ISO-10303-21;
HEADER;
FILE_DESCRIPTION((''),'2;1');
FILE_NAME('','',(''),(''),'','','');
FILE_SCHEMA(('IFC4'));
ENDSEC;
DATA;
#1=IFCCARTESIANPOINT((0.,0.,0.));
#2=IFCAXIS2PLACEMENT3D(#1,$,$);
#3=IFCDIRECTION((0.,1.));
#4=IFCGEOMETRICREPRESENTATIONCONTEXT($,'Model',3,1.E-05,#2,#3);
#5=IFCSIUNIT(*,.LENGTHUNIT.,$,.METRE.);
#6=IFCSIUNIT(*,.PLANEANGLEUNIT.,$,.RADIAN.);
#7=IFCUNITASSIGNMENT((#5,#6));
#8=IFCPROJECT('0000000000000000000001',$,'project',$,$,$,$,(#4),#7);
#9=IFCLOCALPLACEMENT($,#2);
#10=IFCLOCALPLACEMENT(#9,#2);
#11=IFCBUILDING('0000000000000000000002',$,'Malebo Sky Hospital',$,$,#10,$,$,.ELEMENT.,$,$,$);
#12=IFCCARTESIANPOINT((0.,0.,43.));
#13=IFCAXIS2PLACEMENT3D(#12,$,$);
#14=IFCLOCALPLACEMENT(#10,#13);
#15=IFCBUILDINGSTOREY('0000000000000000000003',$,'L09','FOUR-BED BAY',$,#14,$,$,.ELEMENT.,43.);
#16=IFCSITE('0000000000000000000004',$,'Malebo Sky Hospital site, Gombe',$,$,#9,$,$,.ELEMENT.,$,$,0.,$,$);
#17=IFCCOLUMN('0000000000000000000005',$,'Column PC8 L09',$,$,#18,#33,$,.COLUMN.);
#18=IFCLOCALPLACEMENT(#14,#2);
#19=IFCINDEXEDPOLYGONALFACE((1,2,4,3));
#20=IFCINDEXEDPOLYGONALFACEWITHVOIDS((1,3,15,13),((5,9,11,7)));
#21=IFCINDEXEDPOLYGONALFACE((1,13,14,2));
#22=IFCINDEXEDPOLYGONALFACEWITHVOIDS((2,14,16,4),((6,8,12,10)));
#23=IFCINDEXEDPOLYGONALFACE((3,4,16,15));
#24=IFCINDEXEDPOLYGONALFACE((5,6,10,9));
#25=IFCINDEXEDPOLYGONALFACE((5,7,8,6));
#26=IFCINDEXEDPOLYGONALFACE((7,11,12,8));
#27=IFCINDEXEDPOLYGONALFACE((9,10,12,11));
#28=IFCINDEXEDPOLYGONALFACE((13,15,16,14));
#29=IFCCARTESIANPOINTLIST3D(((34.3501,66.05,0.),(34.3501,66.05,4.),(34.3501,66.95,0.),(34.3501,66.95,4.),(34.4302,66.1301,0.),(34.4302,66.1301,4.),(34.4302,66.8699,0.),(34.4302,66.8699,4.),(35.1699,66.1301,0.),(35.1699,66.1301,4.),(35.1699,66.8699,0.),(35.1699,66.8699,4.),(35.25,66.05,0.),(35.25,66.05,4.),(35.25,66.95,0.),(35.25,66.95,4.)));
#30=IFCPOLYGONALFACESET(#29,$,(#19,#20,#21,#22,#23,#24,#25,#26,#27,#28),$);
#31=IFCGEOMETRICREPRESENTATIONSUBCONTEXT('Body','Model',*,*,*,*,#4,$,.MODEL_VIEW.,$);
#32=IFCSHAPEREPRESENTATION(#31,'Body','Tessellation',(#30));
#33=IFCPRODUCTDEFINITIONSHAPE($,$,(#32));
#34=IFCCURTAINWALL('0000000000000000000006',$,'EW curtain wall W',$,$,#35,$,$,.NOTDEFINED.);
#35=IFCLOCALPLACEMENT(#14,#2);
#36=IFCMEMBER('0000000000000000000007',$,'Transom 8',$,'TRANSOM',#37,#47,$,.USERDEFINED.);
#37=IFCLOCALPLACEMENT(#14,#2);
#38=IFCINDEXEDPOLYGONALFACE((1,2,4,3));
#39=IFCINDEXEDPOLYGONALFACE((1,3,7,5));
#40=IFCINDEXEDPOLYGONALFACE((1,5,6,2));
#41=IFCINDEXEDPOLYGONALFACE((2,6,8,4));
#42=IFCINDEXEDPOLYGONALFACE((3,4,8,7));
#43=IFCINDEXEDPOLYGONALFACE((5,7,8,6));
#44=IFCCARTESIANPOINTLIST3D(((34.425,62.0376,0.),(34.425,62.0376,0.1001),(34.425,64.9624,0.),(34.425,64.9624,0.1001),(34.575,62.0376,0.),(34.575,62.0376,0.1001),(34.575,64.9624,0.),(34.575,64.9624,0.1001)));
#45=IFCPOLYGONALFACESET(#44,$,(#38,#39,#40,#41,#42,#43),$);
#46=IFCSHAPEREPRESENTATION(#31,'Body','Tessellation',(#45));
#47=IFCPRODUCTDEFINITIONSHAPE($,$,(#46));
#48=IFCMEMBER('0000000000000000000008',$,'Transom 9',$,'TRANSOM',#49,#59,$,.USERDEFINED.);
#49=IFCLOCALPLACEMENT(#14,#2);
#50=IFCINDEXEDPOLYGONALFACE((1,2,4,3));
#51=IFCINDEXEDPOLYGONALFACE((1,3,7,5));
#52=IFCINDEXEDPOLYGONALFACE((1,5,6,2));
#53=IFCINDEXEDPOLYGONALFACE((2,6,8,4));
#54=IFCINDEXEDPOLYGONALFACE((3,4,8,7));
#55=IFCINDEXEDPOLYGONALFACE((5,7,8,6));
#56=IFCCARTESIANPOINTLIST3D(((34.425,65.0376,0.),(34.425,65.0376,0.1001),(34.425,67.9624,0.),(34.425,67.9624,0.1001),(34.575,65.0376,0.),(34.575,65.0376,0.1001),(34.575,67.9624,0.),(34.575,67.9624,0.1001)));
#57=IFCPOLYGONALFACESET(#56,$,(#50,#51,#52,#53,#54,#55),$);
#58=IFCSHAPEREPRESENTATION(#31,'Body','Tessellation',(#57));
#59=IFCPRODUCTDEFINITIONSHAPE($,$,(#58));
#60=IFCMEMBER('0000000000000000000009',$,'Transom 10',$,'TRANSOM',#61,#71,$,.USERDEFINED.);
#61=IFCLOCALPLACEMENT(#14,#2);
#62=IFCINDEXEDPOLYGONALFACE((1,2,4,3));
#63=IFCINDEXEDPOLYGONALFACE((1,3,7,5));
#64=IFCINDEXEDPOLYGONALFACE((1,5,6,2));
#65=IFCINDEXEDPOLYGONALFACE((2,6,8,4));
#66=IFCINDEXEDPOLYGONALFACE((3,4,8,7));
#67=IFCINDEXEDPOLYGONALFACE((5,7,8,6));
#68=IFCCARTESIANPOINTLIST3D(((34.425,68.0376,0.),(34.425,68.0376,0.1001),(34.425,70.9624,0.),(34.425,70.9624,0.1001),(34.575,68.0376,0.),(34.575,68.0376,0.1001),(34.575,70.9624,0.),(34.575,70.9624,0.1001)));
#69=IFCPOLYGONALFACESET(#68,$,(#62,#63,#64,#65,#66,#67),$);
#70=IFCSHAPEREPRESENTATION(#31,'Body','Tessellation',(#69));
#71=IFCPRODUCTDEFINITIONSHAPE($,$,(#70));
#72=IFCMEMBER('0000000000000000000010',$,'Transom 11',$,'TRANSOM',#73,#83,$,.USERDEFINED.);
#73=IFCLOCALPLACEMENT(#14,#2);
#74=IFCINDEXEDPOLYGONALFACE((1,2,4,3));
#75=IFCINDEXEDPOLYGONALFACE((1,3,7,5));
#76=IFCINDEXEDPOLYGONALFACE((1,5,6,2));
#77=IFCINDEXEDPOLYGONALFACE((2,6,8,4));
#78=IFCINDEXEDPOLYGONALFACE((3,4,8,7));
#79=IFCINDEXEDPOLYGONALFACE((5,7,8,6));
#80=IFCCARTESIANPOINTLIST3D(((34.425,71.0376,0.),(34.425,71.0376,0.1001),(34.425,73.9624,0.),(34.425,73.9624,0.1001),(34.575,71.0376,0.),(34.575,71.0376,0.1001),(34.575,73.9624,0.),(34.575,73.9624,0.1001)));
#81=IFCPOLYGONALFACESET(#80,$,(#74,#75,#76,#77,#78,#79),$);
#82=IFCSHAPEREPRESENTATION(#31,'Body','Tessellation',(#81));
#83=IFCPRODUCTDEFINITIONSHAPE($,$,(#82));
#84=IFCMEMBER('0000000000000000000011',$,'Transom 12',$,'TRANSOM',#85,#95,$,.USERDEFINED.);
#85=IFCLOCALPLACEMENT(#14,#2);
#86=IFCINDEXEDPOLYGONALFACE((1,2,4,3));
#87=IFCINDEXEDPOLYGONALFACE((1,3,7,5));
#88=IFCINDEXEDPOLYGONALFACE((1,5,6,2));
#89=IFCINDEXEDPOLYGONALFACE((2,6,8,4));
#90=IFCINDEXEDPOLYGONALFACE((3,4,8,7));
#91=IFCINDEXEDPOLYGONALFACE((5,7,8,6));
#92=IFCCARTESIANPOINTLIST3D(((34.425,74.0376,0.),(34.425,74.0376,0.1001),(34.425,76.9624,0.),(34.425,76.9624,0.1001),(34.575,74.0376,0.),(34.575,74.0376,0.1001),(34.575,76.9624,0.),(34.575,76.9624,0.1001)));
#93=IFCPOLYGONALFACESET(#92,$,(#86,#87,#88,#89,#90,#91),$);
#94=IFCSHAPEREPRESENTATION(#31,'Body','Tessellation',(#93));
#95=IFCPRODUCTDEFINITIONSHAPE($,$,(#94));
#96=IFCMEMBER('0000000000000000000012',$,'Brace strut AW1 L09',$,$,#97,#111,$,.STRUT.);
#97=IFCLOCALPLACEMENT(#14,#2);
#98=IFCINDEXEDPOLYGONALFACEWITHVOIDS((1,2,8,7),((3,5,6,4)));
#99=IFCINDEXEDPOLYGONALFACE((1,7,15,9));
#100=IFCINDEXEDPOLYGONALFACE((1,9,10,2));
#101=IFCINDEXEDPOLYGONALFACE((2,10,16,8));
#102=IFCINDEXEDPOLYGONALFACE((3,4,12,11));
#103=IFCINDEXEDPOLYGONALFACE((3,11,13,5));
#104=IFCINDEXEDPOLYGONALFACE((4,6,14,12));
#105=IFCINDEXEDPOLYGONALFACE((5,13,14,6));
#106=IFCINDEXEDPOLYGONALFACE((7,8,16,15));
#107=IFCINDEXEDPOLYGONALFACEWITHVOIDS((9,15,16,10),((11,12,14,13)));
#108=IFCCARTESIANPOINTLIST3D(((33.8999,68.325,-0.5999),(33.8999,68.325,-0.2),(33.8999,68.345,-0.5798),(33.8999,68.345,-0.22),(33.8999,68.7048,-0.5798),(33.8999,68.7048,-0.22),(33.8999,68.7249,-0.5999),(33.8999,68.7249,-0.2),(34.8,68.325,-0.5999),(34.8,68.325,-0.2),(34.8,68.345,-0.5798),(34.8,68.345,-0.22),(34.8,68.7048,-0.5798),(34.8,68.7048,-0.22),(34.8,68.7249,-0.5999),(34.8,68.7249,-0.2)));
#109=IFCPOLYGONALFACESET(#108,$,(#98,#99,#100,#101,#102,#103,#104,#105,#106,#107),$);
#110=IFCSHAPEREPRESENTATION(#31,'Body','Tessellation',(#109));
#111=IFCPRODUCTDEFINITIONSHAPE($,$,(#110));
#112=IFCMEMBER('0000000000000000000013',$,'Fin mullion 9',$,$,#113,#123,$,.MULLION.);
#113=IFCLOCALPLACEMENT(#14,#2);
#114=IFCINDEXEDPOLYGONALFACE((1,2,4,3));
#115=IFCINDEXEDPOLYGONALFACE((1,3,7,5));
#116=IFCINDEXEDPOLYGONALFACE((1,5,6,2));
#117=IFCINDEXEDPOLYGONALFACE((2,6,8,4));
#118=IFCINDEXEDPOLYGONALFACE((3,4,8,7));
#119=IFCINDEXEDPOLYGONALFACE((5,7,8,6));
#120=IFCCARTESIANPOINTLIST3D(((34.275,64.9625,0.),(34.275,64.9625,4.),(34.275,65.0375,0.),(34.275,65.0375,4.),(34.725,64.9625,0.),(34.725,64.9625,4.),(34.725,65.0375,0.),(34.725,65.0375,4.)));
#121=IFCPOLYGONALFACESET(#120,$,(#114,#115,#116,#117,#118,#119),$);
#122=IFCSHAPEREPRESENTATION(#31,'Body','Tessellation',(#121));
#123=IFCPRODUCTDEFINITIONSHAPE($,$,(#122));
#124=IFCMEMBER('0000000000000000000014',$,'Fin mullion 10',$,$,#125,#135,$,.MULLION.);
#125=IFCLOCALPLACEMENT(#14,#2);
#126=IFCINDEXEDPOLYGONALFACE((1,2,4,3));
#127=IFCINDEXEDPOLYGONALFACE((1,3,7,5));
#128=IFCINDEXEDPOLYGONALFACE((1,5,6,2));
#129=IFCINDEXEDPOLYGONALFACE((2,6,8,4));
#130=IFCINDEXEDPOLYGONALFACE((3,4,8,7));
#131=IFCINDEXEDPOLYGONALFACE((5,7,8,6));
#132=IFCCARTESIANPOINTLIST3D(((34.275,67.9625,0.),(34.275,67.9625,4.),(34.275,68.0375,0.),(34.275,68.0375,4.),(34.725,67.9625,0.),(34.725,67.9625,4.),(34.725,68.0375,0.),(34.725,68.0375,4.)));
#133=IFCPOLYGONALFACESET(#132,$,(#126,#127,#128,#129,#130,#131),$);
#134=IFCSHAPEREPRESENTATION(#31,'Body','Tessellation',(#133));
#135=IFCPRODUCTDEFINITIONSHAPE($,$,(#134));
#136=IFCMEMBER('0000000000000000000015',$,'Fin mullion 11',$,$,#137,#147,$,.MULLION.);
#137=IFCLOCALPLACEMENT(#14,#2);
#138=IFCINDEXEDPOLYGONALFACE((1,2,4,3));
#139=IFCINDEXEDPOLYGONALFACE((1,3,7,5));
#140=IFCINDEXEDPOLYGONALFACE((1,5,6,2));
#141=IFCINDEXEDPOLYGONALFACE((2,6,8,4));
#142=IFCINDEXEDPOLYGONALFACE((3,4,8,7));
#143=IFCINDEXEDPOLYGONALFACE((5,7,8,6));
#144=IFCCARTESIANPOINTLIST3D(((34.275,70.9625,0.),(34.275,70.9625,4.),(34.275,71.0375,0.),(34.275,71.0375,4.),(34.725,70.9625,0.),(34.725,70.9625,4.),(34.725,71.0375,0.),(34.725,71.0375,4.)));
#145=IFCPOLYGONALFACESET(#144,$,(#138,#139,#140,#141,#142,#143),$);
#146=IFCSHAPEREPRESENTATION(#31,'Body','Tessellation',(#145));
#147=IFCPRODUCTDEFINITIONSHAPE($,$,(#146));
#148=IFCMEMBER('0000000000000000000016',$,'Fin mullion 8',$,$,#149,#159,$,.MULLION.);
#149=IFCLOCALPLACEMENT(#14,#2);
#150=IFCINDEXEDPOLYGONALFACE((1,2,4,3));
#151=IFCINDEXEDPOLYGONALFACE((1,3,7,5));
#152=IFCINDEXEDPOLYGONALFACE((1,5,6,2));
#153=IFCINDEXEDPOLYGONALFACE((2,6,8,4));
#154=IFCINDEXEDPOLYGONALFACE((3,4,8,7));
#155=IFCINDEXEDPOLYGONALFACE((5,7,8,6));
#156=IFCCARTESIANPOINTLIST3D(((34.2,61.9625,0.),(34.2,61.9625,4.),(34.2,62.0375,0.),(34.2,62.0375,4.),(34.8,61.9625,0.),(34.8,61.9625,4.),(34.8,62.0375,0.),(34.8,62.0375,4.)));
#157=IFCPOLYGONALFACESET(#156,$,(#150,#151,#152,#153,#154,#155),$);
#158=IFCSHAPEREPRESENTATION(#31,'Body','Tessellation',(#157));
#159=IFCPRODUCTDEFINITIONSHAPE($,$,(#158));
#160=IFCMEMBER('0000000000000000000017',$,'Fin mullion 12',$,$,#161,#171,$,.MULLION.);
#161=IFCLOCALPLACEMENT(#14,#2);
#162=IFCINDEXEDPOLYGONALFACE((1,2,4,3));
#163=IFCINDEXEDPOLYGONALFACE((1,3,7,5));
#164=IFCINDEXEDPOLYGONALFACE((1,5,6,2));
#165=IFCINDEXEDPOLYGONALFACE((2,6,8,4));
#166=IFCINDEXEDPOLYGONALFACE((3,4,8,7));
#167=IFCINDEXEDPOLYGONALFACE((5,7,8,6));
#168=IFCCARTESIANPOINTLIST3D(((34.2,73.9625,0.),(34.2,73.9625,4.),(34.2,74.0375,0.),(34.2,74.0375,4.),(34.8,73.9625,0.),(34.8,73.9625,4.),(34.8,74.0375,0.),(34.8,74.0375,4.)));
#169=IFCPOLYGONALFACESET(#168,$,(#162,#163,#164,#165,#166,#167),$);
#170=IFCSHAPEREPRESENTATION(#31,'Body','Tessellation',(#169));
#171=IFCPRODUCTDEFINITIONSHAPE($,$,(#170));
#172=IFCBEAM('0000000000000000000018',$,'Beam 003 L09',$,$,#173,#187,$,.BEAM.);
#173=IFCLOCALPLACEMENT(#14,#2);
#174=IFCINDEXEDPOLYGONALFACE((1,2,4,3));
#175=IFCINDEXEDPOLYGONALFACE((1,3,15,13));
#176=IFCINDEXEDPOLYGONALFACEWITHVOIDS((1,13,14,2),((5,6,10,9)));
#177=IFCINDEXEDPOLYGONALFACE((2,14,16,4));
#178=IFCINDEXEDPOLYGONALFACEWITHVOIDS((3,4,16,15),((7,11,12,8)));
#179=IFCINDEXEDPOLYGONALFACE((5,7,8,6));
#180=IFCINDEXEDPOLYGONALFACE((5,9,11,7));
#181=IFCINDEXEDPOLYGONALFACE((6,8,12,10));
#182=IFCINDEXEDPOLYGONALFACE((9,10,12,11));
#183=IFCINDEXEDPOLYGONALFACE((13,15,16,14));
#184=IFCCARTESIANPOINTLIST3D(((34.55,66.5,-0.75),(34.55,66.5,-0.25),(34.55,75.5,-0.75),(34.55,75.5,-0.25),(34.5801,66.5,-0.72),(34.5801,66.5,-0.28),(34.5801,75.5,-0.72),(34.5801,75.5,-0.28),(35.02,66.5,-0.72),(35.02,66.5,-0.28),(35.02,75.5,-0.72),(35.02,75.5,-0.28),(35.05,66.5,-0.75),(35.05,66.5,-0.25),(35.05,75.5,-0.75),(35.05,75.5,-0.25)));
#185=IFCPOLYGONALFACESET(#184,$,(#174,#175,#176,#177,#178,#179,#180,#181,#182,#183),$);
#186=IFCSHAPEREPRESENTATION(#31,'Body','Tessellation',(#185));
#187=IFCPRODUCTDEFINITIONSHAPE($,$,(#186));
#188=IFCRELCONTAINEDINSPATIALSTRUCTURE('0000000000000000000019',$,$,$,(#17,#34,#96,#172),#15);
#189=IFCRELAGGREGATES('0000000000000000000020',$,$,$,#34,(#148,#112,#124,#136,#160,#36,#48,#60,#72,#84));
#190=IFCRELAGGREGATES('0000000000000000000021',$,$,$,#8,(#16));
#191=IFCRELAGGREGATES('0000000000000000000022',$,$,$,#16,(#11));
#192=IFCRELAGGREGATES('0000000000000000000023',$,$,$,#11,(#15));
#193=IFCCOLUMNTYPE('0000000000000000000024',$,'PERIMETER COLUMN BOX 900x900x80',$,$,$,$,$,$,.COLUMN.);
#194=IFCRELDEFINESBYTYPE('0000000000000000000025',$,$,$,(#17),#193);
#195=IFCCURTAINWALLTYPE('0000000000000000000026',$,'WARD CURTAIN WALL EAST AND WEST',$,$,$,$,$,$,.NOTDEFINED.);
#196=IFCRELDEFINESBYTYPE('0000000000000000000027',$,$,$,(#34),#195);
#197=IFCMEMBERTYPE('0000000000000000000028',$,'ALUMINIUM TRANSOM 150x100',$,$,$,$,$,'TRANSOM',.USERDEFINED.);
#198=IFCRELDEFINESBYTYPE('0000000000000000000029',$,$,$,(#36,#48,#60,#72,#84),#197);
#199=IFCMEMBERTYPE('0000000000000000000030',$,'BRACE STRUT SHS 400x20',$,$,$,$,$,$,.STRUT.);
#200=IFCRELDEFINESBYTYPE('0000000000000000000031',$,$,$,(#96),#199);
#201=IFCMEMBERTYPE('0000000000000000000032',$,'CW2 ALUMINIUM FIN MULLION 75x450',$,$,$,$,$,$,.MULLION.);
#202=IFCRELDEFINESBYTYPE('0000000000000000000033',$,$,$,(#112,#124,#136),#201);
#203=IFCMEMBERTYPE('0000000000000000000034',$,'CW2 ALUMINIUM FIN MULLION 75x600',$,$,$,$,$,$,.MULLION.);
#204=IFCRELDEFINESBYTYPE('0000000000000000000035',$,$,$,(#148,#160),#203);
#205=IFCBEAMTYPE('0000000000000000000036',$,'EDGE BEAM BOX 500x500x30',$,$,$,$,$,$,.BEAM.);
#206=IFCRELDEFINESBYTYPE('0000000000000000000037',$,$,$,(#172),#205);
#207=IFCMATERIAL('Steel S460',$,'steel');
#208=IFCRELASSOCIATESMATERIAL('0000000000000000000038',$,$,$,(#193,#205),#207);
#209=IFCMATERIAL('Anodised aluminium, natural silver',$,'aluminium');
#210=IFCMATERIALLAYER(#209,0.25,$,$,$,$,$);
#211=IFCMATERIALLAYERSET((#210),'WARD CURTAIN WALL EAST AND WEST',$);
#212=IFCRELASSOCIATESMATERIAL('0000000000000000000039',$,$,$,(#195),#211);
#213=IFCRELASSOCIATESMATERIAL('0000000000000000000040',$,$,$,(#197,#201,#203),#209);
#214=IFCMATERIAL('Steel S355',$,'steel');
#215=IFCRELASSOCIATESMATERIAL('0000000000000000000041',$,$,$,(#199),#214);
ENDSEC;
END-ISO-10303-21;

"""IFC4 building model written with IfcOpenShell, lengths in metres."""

from ifc_helpers import new_model, si_unit, direction, frame, origin, origin_2d, place, context, subcontext, project, spatial, rectangle, hollow_rectangle, extrude, material, layer, layer_set, material_profile, profile_set, type_object, element, aggregate, save


model = new_model("IFC4")

# Units and contexts
model_context = context("Model", 3, precision=1e-05, world=origin(), true_north=direction((0.0, 1.0)))
body_context = subcontext(model_context, "Body", "Model", "MODEL_VIEW")
ifc_project = project(units=[si_unit("LENGTHUNIT", "METRE"), si_unit("PLANEANGLEUNIT", "RADIAN")], contexts=[model_context])

# Site, building, storey
site_placement = place(None, origin())
site = spatial("IfcSite", under=ifc_project, at=site_placement, Name="Malebo Sky Hospital site, Gombe", CompositionType="ELEMENT", RefElevation=0.0)
building_placement = place(site_placement, origin())
building = spatial("IfcBuilding", under=site, at=building_placement, Name="Malebo Sky Hospital", CompositionType="ELEMENT")
storey_placement = place(building_placement, frame((0.0, 0.0, 43.0)))
storey = spatial("IfcBuildingStorey", under=building, at=storey_placement, Name="L09", Description="FOUR-BED BAY", CompositionType="ELEMENT", Elevation=43.0)

# Column
ifc_material_1 = material(Name="Steel S460", Category="steel")
ifc_material_profile_1 = material_profile(ifc_material_1, hollow_rectangle(XDim=0.8999, YDim=0.8999, WallThickness=0.0801, at=origin_2d()), Name="BOX 900x900x80")
ifc_profile_set_1 = profile_set([ifc_material_profile_1], Name="Steel S460")
column_type = type_object("IfcColumnType", Name="PERIMETER COLUMN BOX 900x900x80", PredefinedType="COLUMN", material=ifc_profile_set_1)
column_placement = place(storey_placement, frame((34.8, 66.5, 0.0), z_axis=(0.0, 0.0, 1.0), x_axis=(1.0, 0.0, 0.0)))
element("IfcColumn", 1, at=column_placement, inside=storey, type_object=column_type, Name="Column PC8 L09", PredefinedType="COLUMN", context=body_context, shape_type="SweptSolid", body=[
    extrude(hollow_rectangle(XDim=0.8999, YDim=0.8999, WallThickness=0.0801, at=origin_2d()), origin(), (0.0, 0.0, 1.0), 4.0),
])

# Curtain wall, members
ifc_material_2 = material(Name="Anodised aluminium, natural silver", Category="aluminium")
ifc_layer_1 = layer(ifc_material_2, 0.25)
ifc_layer_set_1 = layer_set([ifc_layer_1], Name="WARD CURTAIN WALL EAST AND WEST")
curtain_wall_type = type_object("IfcCurtainWallType", Name="WARD CURTAIN WALL EAST AND WEST", PredefinedType="NOTDEFINED", material=ifc_layer_set_1)
curtain_wall_placement = place(storey_placement, origin())
curtain_wall = element("IfcCurtainWall", 2, at=curtain_wall_placement, inside=storey, type_object=curtain_wall_type, Name="EW curtain wall W", PredefinedType="NOTDEFINED")
ifc_material_profile_2 = material_profile(ifc_material_2, rectangle(XDim=0.1499, YDim=0.1001, at=origin_2d()), Name="ALUMINIUM TRANSOM 150x100")
ifc_profile_set_2 = profile_set([ifc_material_profile_2], Name="Anodised aluminium, natural silver")
member_type_1 = type_object("IfcMemberType", Name="ALUMINIUM TRANSOM 150x100", ElementType="TRANSOM", PredefinedType="USERDEFINED", material=ifc_profile_set_2)
member_1_placement = place(storey_placement, frame((34.5, 62.0376, 0.05), z_axis=(0.0, 1.0, 0.0), x_axis=(-1.0, 0.0, 0.0)))
member_1 = element("IfcMember", 3, at=member_1_placement, type_object=member_type_1, Name="Transom 8", ObjectType="TRANSOM", PredefinedType="USERDEFINED", context=body_context, shape_type="SweptSolid", body=[
    extrude(rectangle(XDim=0.1499, YDim=0.1001, at=origin_2d()), origin(), (0.0, 0.0, 1.0), 2.9248),
])
member_2_placement = place(storey_placement, frame((34.5, 65.0376, 0.05), z_axis=(0.0, 1.0, 0.0), x_axis=(-1.0, 0.0, 0.0)))
member_2 = element("IfcMember", 4, at=member_2_placement, type_object=member_type_1, Name="Transom 9", ObjectType="TRANSOM", PredefinedType="USERDEFINED", context=body_context, shape_type="SweptSolid", body=[
    extrude(rectangle(XDim=0.1499, YDim=0.1001, at=origin_2d()), origin(), (0.0, 0.0, 1.0), 2.9248),
])
member_3_placement = place(storey_placement, frame((34.5, 68.0376, 0.05), z_axis=(0.0, 1.0, 0.0), x_axis=(-1.0, 0.0, 0.0)))
member_3 = element("IfcMember", 5, at=member_3_placement, type_object=member_type_1, Name="Transom 10", ObjectType="TRANSOM", PredefinedType="USERDEFINED", context=body_context, shape_type="SweptSolid", body=[
    extrude(rectangle(XDim=0.1499, YDim=0.1001, at=origin_2d()), origin(), (0.0, 0.0, 1.0), 2.9248),
])
member_4_placement = place(storey_placement, frame((34.5, 71.0376, 0.05), z_axis=(0.0, 1.0, 0.0), x_axis=(-1.0, 0.0, 0.0)))
member_4 = element("IfcMember", 6, at=member_4_placement, type_object=member_type_1, Name="Transom 11", ObjectType="TRANSOM", PredefinedType="USERDEFINED", context=body_context, shape_type="SweptSolid", body=[
    extrude(rectangle(XDim=0.1499, YDim=0.1001, at=origin_2d()), origin(), (0.0, 0.0, 1.0), 2.9248),
])
member_5_placement = place(storey_placement, frame((34.5, 74.0376, 0.05), z_axis=(0.0, 1.0, 0.0), x_axis=(-1.0, 0.0, 0.0)))
member_5 = element("IfcMember", 7, at=member_5_placement, type_object=member_type_1, Name="Transom 12", ObjectType="TRANSOM", PredefinedType="USERDEFINED", context=body_context, shape_type="SweptSolid", body=[
    extrude(rectangle(XDim=0.1499, YDim=0.1001, at=origin_2d()), origin(), (0.0, 0.0, 1.0), 2.9248),
])

# Members
ifc_material_3 = material(Name="Steel S355", Category="steel")
ifc_material_profile_3 = material_profile(ifc_material_3, hollow_rectangle(XDim=0.3999, YDim=0.3999, WallThickness=0.02, at=origin_2d()), Name="SHS 400x20")
ifc_profile_set_3 = profile_set([ifc_material_profile_3], Name="Steel S355")
member_type_2 = type_object("IfcMemberType", Name="BRACE STRUT SHS 400x20", PredefinedType="STRUT", material=ifc_profile_set_3)
member_6_placement = place(storey_placement, frame((33.8999, 68.5249, -0.3999), z_axis=(1.0, 0.0, 0.0), x_axis=(0.0, 1.0, 0.0)))
element("IfcMember", 8, at=member_6_placement, inside=storey, type_object=member_type_2, Name="Brace strut AW1 L09", PredefinedType="STRUT", context=body_context, shape_type="SweptSolid", body=[
    extrude(hollow_rectangle(XDim=0.3999, YDim=0.3999, WallThickness=0.02, at=origin_2d()), origin(), (0.0, 0.0, 1.0), 0.9001),
])
ifc_material_profile_4 = material_profile(ifc_material_2, rectangle(XDim=0.075, YDim=0.45, at=origin_2d()), Name="CW2 ALUMINIUM FIN MULLION 75x450")
ifc_profile_set_4 = profile_set([ifc_material_profile_4], Name="Anodised aluminium, natural silver")
member_type_3 = type_object("IfcMemberType", Name="CW2 ALUMINIUM FIN MULLION 75x450", PredefinedType="MULLION", material=ifc_profile_set_4)
member_7_placement = place(storey_placement, frame((34.5, 65.0, 0.0), z_axis=(0.0, 0.0, 1.0), x_axis=(0.0, 1.0, 0.0)))
member_7 = element("IfcMember", 9, at=member_7_placement, type_object=member_type_3, Name="Fin mullion 9", PredefinedType="MULLION", context=body_context, shape_type="SweptSolid", body=[
    extrude(rectangle(XDim=0.075, YDim=0.45, at=origin_2d()), origin(), (0.0, 0.0, 1.0), 4.0),
])
member_8_placement = place(storey_placement, frame((34.5, 68.0, 0.0), z_axis=(0.0, 0.0, 1.0), x_axis=(0.0, 1.0, 0.0)))
member_8 = element("IfcMember", 10, at=member_8_placement, type_object=member_type_3, Name="Fin mullion 10", PredefinedType="MULLION", context=body_context, shape_type="SweptSolid", body=[
    extrude(rectangle(XDim=0.075, YDim=0.45, at=origin_2d()), origin(), (0.0, 0.0, 1.0), 4.0),
])
member_9_placement = place(storey_placement, frame((34.5, 71.0, 0.0), z_axis=(0.0, 0.0, 1.0), x_axis=(0.0, 1.0, 0.0)))
member_9 = element("IfcMember", 11, at=member_9_placement, type_object=member_type_3, Name="Fin mullion 11", PredefinedType="MULLION", context=body_context, shape_type="SweptSolid", body=[
    extrude(rectangle(XDim=0.075, YDim=0.45, at=origin_2d()), origin(), (0.0, 0.0, 1.0), 4.0),
])
ifc_material_profile_5 = material_profile(ifc_material_2, rectangle(XDim=0.075, YDim=0.6001, at=origin_2d()), Name="CW2 ALUMINIUM FIN MULLION 75x600")
ifc_profile_set_5 = profile_set([ifc_material_profile_5], Name="Anodised aluminium, natural silver")
member_type_4 = type_object("IfcMemberType", Name="CW2 ALUMINIUM FIN MULLION 75x600", PredefinedType="MULLION", material=ifc_profile_set_5)
member_10_placement = place(storey_placement, frame((34.5, 62.0, 0.0), z_axis=(0.0, 0.0, 1.0), x_axis=(0.0, 1.0, 0.0)))
member_10 = element("IfcMember", 12, at=member_10_placement, type_object=member_type_4, Name="Fin mullion 8", PredefinedType="MULLION", context=body_context, shape_type="SweptSolid", body=[
    extrude(rectangle(XDim=0.075, YDim=0.6001, at=origin_2d()), origin(), (0.0, 0.0, 1.0), 4.0),
])
member_11_placement = place(storey_placement, frame((34.5, 74.0, 0.0), z_axis=(0.0, 0.0, 1.0), x_axis=(0.0, 1.0, 0.0)))
member_11 = element("IfcMember", 13, at=member_11_placement, type_object=member_type_4, Name="Fin mullion 12", PredefinedType="MULLION", context=body_context, shape_type="SweptSolid", body=[
    extrude(rectangle(XDim=0.075, YDim=0.6001, at=origin_2d()), origin(), (0.0, 0.0, 1.0), 4.0),
])

# Beam
ifc_material_profile_6 = material_profile(ifc_material_1, hollow_rectangle(XDim=0.5, YDim=0.5, WallThickness=0.03, at=origin_2d()), Name="BOX 500x500x30")
ifc_profile_set_6 = profile_set([ifc_material_profile_6], Name="Steel S460")
beam_type_1 = type_object("IfcBeamType", Name="EDGE BEAM BOX 500x500x30", PredefinedType="BEAM", material=ifc_profile_set_6)
beam_1_placement = place(storey_placement, frame((34.8, 66.5, -0.5), z_axis=(0.0, 1.0, 0.0), x_axis=(-1.0, 0.0, 0.0)))
element("IfcBeam", 14, at=beam_1_placement, inside=storey, type_object=beam_type_1, Name="Beam 003 L09", PredefinedType="BEAM", context=body_context, shape_type="SweptSolid", body=[
    extrude(hollow_rectangle(XDim=0.5, YDim=0.5, WallThickness=0.03, at=origin_2d()), origin(), (0.0, 0.0, 1.0), 9.0),
])

aggregate(curtain_wall, [member_10, member_7, member_8, member_9, member_11, member_1, member_2, member_3, member_4, member_5])

save(model, "model.ifc")
